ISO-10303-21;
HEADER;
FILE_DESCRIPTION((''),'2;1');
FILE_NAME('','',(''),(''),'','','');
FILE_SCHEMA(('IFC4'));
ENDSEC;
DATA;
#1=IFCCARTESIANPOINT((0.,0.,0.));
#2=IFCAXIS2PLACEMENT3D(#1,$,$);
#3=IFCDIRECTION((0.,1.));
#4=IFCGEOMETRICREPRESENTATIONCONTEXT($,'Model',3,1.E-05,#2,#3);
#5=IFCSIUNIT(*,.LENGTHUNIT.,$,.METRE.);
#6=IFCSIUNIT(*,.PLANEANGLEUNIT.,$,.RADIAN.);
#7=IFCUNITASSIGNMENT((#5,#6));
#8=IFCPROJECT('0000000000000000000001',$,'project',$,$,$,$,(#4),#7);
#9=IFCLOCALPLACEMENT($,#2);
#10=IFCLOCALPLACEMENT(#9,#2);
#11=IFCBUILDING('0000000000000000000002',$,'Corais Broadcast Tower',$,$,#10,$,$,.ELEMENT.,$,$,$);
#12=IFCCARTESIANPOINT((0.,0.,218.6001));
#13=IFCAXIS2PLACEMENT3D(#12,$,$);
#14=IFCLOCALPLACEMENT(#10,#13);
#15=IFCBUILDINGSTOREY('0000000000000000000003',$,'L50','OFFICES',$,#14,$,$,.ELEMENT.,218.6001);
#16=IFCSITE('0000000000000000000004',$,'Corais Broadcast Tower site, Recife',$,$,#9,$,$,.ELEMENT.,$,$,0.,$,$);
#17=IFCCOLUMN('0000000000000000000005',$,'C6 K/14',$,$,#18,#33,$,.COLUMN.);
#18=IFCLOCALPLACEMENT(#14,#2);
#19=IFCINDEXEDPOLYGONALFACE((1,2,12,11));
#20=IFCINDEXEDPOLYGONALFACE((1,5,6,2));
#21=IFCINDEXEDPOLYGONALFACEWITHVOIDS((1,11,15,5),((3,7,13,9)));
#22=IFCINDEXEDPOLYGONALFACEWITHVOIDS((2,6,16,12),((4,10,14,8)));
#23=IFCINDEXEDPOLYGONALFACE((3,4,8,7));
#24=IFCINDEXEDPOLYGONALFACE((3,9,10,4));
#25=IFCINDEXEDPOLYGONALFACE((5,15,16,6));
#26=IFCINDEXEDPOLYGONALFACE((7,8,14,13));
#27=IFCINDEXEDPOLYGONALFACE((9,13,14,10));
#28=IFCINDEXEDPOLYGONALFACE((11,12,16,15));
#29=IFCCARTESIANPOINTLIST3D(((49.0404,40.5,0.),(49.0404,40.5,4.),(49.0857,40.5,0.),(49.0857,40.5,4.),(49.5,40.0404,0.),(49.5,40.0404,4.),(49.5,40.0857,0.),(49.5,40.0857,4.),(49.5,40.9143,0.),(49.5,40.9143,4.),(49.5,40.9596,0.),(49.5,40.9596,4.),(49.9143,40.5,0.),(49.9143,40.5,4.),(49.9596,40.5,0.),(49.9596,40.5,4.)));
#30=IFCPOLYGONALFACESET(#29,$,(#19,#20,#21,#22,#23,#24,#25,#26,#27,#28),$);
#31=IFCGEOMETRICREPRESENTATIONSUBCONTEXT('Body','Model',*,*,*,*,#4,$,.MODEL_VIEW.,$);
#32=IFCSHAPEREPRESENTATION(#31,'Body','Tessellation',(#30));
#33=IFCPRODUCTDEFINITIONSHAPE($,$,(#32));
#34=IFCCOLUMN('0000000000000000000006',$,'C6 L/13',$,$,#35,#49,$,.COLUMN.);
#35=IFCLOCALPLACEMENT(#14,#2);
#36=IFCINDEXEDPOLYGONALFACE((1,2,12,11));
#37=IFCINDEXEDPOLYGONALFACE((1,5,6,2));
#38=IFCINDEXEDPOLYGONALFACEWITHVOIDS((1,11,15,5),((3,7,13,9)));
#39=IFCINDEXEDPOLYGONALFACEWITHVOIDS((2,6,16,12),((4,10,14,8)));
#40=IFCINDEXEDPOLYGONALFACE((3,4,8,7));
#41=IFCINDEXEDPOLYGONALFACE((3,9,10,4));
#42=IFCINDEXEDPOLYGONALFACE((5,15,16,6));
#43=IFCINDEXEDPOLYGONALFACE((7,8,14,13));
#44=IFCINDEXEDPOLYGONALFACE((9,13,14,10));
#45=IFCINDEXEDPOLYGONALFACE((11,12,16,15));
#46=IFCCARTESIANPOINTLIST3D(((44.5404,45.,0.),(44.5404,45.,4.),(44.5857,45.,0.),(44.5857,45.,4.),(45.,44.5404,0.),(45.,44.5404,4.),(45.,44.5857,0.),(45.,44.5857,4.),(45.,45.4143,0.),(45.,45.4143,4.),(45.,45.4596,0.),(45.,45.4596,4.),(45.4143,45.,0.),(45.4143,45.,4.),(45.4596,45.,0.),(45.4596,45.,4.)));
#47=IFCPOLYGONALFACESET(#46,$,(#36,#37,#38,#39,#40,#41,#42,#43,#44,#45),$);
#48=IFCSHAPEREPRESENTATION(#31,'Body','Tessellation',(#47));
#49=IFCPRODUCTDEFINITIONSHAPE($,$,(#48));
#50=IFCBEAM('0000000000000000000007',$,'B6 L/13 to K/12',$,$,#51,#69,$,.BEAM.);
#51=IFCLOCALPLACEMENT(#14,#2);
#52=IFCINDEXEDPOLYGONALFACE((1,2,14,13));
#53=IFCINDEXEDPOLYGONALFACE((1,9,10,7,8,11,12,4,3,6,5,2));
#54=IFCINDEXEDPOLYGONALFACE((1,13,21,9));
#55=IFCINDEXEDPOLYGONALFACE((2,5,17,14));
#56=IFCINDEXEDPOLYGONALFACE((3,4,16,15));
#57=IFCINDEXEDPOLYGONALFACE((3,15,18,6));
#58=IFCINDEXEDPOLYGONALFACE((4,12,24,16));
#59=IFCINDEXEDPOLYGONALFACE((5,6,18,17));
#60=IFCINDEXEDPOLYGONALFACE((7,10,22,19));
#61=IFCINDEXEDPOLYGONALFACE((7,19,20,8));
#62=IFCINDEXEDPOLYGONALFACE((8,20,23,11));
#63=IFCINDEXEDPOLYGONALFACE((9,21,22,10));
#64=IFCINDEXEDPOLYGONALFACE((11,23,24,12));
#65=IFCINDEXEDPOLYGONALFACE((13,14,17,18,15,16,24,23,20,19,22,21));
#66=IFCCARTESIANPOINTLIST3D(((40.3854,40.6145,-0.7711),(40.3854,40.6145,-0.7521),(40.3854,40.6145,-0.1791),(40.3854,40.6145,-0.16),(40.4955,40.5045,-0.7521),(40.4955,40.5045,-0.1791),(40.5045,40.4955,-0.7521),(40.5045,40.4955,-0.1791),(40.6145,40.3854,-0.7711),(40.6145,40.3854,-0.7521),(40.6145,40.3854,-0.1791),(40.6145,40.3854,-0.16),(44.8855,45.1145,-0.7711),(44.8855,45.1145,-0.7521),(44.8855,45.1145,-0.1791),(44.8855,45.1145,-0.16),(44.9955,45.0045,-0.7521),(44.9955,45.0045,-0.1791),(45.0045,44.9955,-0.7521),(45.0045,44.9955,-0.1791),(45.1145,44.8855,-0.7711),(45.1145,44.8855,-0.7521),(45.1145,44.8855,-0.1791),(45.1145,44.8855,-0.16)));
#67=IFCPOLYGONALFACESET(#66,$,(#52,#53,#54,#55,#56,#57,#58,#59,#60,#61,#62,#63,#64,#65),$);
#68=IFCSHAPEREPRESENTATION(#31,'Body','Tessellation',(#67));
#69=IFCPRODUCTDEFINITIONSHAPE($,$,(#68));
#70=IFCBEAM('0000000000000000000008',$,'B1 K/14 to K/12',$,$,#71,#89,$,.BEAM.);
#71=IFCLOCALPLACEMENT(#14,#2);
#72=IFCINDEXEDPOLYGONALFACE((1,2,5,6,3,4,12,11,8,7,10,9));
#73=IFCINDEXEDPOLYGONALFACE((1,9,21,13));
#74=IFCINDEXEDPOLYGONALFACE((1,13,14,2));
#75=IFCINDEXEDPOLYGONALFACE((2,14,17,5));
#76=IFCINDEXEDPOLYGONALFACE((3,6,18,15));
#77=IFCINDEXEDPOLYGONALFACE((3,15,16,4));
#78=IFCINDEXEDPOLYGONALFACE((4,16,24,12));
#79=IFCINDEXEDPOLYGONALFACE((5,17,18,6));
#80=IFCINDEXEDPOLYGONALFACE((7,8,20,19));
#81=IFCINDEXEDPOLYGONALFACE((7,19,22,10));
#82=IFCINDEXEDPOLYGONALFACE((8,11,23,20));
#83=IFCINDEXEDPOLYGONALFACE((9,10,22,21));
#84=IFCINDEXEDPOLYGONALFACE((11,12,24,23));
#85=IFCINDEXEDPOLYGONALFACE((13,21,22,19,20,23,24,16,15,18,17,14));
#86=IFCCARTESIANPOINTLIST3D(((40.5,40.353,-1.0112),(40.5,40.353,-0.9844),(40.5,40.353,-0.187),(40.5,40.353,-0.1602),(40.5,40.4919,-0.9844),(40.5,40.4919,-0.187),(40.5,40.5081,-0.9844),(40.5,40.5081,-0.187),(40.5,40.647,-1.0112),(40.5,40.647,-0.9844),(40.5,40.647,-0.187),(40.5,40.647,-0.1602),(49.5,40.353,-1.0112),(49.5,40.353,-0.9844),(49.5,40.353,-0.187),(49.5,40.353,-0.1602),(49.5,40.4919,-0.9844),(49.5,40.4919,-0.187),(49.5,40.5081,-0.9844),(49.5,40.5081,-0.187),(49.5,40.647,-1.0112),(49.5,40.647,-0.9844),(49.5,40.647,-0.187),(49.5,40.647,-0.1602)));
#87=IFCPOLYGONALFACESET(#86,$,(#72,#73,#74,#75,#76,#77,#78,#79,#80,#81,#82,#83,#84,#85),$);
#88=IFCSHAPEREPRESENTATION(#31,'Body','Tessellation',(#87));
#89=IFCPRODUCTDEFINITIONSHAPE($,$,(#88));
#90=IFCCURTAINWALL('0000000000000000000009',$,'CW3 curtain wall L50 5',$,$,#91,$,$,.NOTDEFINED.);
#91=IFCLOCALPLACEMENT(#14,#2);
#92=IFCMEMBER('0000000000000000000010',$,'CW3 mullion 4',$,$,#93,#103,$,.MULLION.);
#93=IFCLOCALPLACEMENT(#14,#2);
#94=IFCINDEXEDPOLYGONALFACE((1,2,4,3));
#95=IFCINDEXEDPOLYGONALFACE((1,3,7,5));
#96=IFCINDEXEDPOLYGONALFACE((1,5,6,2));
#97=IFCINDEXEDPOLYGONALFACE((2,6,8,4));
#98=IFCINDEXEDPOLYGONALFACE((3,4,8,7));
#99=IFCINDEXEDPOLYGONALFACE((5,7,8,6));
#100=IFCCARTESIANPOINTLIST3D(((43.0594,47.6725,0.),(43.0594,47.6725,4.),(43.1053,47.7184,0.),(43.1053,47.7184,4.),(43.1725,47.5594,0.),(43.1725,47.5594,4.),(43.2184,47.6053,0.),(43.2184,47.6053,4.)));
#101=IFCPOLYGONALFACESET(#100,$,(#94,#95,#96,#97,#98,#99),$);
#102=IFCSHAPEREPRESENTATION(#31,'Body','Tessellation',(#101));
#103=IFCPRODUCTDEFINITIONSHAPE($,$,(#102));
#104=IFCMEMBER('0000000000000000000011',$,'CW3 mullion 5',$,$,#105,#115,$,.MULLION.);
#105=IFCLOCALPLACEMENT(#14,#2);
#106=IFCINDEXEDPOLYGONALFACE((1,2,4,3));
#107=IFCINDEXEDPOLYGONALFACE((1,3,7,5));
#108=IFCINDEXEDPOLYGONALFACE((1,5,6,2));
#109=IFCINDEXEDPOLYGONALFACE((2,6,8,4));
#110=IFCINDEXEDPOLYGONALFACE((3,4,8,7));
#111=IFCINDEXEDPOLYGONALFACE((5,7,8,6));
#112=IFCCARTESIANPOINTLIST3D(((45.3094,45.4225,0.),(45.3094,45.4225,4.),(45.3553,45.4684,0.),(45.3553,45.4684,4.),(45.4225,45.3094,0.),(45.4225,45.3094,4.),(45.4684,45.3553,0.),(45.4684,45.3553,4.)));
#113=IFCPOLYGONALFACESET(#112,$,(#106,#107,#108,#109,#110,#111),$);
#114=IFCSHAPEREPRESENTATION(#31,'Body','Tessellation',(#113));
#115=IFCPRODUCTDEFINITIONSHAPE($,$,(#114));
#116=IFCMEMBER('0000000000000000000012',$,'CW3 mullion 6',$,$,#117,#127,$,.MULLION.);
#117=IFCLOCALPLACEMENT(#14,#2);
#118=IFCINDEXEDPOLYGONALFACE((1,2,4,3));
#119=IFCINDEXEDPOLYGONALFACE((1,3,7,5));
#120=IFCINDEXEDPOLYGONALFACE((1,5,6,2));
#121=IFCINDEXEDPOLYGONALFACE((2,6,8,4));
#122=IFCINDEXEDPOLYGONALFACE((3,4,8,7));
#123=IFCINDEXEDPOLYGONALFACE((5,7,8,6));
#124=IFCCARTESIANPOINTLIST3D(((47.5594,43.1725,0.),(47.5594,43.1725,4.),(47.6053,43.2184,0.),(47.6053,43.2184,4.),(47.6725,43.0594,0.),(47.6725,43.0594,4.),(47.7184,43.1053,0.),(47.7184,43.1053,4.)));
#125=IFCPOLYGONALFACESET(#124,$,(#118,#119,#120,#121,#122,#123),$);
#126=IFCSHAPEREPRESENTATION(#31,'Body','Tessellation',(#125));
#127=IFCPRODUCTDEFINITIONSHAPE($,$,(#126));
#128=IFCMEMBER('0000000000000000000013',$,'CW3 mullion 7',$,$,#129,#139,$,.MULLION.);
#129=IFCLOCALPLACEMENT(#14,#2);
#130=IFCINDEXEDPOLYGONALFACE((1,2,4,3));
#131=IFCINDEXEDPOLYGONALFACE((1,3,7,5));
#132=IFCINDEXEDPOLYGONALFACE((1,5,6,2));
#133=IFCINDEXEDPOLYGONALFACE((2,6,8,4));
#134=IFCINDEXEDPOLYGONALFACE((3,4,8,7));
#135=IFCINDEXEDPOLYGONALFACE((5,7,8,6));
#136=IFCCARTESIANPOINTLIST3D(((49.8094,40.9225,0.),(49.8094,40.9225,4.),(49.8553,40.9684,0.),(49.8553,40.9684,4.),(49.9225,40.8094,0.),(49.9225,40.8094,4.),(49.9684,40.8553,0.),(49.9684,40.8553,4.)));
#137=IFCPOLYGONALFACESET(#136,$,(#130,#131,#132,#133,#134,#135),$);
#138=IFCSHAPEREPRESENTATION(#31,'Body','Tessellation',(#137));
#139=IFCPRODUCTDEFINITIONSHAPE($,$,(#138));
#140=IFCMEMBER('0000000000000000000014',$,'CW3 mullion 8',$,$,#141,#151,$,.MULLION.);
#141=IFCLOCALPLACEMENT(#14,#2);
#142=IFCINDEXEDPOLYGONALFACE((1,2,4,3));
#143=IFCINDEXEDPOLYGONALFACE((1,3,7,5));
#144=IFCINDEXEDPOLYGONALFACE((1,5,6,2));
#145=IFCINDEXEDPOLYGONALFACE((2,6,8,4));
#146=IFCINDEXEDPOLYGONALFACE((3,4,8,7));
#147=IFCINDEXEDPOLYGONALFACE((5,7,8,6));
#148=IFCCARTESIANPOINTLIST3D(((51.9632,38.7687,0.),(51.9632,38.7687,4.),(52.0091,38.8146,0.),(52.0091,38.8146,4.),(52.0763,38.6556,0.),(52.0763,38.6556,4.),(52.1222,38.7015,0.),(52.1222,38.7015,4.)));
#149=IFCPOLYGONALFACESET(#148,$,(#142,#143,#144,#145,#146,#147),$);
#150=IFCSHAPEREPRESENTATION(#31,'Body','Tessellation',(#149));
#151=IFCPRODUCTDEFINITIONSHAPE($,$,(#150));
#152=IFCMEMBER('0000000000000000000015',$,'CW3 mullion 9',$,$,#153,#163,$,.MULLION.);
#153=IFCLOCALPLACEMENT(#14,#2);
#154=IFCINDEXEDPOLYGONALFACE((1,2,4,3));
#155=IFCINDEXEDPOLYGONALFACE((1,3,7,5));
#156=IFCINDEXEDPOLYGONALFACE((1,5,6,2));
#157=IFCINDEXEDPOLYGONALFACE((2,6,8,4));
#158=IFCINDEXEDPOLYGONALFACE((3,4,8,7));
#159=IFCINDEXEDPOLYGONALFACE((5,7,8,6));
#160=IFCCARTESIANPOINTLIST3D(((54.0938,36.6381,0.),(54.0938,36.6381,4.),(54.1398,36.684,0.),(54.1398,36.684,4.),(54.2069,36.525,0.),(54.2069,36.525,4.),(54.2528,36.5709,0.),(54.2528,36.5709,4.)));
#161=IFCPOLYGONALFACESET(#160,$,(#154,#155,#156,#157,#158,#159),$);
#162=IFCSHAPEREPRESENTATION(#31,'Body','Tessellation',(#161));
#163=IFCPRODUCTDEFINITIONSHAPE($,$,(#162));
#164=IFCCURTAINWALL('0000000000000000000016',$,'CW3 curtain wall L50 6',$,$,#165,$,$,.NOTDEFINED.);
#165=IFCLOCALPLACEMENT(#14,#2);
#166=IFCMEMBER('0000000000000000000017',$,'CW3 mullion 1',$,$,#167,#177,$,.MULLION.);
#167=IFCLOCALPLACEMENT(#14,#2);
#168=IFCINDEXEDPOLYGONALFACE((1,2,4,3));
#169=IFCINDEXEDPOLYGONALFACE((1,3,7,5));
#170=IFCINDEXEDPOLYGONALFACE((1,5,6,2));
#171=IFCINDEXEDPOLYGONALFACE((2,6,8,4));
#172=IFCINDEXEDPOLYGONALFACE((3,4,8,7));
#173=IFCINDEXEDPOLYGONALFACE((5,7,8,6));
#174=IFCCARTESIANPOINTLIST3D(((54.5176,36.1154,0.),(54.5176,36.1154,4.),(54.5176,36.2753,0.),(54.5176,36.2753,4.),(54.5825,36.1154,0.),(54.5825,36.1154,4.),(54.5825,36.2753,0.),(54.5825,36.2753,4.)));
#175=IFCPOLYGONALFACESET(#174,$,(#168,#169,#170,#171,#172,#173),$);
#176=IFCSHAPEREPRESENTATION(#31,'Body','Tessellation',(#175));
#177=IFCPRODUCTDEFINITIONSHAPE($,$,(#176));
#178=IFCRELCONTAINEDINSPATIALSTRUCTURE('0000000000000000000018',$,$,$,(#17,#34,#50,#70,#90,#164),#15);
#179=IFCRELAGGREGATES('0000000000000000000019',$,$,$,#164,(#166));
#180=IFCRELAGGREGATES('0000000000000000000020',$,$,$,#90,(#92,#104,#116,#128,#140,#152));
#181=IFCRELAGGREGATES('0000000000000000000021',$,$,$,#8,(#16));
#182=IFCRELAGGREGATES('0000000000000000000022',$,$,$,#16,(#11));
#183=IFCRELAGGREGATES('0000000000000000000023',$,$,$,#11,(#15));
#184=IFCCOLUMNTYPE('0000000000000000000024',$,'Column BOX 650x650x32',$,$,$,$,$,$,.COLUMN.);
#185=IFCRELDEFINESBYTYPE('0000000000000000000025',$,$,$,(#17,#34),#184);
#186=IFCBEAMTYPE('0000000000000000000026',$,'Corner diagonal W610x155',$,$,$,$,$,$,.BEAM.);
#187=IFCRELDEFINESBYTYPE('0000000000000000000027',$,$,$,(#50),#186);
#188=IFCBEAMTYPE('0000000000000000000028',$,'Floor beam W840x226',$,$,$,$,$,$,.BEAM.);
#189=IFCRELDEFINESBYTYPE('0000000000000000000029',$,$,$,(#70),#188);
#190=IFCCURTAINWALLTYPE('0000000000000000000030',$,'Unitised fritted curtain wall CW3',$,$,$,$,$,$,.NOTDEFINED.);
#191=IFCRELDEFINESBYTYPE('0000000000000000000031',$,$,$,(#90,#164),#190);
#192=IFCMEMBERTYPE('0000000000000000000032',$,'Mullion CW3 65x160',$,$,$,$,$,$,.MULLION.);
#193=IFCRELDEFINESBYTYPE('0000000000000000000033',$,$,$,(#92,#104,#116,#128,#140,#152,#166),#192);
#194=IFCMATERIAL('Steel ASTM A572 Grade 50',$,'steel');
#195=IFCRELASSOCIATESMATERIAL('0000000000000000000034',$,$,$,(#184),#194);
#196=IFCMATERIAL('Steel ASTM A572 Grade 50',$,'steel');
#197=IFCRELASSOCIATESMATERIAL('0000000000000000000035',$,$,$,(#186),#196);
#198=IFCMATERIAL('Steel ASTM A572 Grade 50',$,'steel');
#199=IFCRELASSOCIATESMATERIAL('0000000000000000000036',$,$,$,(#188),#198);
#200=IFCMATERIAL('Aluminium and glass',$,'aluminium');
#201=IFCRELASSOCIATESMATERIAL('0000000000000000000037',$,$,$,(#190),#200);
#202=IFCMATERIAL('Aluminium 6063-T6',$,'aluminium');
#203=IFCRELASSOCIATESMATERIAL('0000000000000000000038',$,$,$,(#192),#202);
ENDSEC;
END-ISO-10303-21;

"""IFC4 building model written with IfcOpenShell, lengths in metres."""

from ifc_helpers import new_model, si_unit, direction, frame, origin, origin_2d, place, context, subcontext, project, spatial, rectangle, hollow_rectangle, i_section, extrude, material, material_profile, profile_set, type_object, element, aggregate, save


model = new_model("IFC4")

# Units and contexts
model_context = context("Model", 3, precision=1e-05, world=origin(), true_north=direction((0.0, 1.0)))
body_context = subcontext(model_context, "Body", "Model", "MODEL_VIEW")
ifc_project = project(units=[si_unit("LENGTHUNIT", "METRE"), si_unit("PLANEANGLEUNIT", "RADIAN")], contexts=[model_context])

# Site, building, storey
site_placement = place(None, origin())
site = spatial("IfcSite", under=ifc_project, at=site_placement, Name="Corais Broadcast Tower site, Recife", CompositionType="ELEMENT", RefElevation=0.0)
building_placement = place(site_placement, origin())
building = spatial("IfcBuilding", under=site, at=building_placement, Name="Corais Broadcast Tower", CompositionType="ELEMENT")
storey_placement = place(building_placement, frame((0.0, 0.0, 218.6001)))
storey = spatial("IfcBuildingStorey", under=building, at=storey_placement, Name="L50", Description="OFFICES", CompositionType="ELEMENT", Elevation=218.6001)

# Columns
ifc_material_1 = material(Name="Steel ASTM A572 Grade 50", Category="steel")
ifc_material_profile_1 = material_profile(ifc_material_1, hollow_rectangle(XDim=0.6499, YDim=0.6499, WallThickness=0.032, at=origin_2d()), Name="BOX 650x650x32")
ifc_profile_set_1 = profile_set([ifc_material_profile_1], Name="Steel ASTM A572 Grade 50")
column_type = type_object("IfcColumnType", Name="Column BOX 650x650x32", PredefinedType="COLUMN", material=ifc_profile_set_1)
for number, where, z_axis, x_axis, name in (
    (1, (49.5, 40.5, 0.0), (0.0, 0.0, 1.0), (0.707107, 0.707107, 0.0), "C6 K/14"),
    (2, (45.0, 45.0, 0.0), (0.0, 0.0, 1.0), (0.707107, 0.707107, 0.0), "C6 L/13"),
):
    element("IfcColumn", number, at=place(storey_placement, frame(where, z_axis=z_axis, x_axis=x_axis)), inside=storey, type_object=column_type, Name=name, PredefinedType="COLUMN", context=body_context, shape_type="SweptSolid", body=[
        extrude(hollow_rectangle(XDim=0.6499, YDim=0.6499, WallThickness=0.032, at=origin_2d()), origin(), (0.0, 0.0, 1.0), 4.0),
    ])

# Beams
ifc_material_2 = material(Name="Steel ASTM A572 Grade 50", Category="steel")
ifc_material_profile_2 = material_profile(ifc_material_2, i_section(OverallWidth=0.324, OverallDepth=0.6111, WebThickness=0.0127, FlangeThickness=0.019, at=origin_2d()), Name="W610x155")
ifc_profile_set_2 = profile_set([ifc_material_profile_2], Name="Steel ASTM A572 Grade 50")
beam_type_1 = type_object("IfcBeamType", Name="Corner diagonal W610x155", PredefinedType="BEAM", material=ifc_profile_set_2)
beam_1_placement = place(storey_placement, frame((45.0, 45.0, -0.4656), z_axis=(-0.707107, -0.707107, 0.0), x_axis=(0.707107, -0.707107, 0.0)))
element("IfcBeam", 3, at=beam_1_placement, inside=storey, type_object=beam_type_1, Name="B6 L/13 to K/12", PredefinedType="BEAM", context=body_context, shape_type="SweptSolid", body=[
    extrude(i_section(OverallWidth=0.324, OverallDepth=0.6111, WebThickness=0.0127, FlangeThickness=0.019, at=origin_2d()), origin(), (0.0, 0.0, 1.0), 6.364),
])
ifc_material_3 = material(Name="Steel ASTM A572 Grade 50", Category="steel")
ifc_material_profile_3 = material_profile(ifc_material_3, i_section(OverallWidth=0.2939, OverallDepth=0.8511, WebThickness=0.0161, FlangeThickness=0.0269, at=origin_2d()), Name="W840x226")
ifc_profile_set_3 = profile_set([ifc_material_profile_3], Name="Steel ASTM A572 Grade 50")
beam_type_2 = type_object("IfcBeamType", Name="Floor beam W840x226", PredefinedType="BEAM", material=ifc_profile_set_3)
beam_2_placement = place(storey_placement, frame((49.5, 40.5, -0.5857), z_axis=(-1.0, 0.0, 0.0), x_axis=(0.0, -1.0, 0.0)))
element("IfcBeam", 4, at=beam_2_placement, inside=storey, type_object=beam_type_2, Name="B1 K/14 to K/12", PredefinedType="BEAM", context=body_context, shape_type="SweptSolid", body=[
    extrude(i_section(OverallWidth=0.2939, OverallDepth=0.8511, WebThickness=0.0161, FlangeThickness=0.0269, at=origin_2d()), origin(), (0.0, 0.0, 1.0), 9.0),
])

# Curtain wall, members
ifc_material_4 = material(Name="Aluminium and glass", Category="aluminium")
curtain_wall_type = type_object("IfcCurtainWallType", Name="Unitised fritted curtain wall CW3", PredefinedType="NOTDEFINED", material=ifc_material_4)
curtain_wall_1_placement = place(storey_placement, origin())
curtain_wall_1 = element("IfcCurtainWall", 5, at=curtain_wall_1_placement, inside=storey, type_object=curtain_wall_type, Name="CW3 curtain wall L50 5", PredefinedType="NOTDEFINED")
ifc_material_5 = material(Name="Aluminium 6063-T6", Category="aluminium")
ifc_material_profile_4 = material_profile(ifc_material_5, rectangle(XDim=0.0649, YDim=0.1599, at=origin_2d()), Name="Mullion CW3 65x160")
ifc_profile_set_4 = profile_set([ifc_material_profile_4], Name="Aluminium 6063-T6")
member_type_1 = type_object("IfcMemberType", Name="Mullion CW3 65x160", PredefinedType="MULLION", material=ifc_profile_set_4)
member_1_placement = place(storey_placement, frame((43.1389, 47.6389, 0.0), z_axis=(0.0, 0.0, 1.0), x_axis=(0.707107, 0.707107, 0.0)))
member_1 = element("IfcMember", 6, at=member_1_placement, type_object=member_type_1, Name="CW3 mullion 4", PredefinedType="MULLION", context=body_context, shape_type="SweptSolid", body=[
    extrude(rectangle(XDim=0.0649, YDim=0.1599, at=origin_2d()), origin(), (0.0, 0.0, 1.0), 4.0),
])
member_2_placement = place(storey_placement, frame((45.3889, 45.3889, 0.0), z_axis=(0.0, 0.0, 1.0), x_axis=(0.707107, 0.707107, 0.0)))
member_2 = element("IfcMember", 7, at=member_2_placement, type_object=member_type_1, Name="CW3 mullion 5", PredefinedType="MULLION", context=body_context, shape_type="SweptSolid", body=[
    extrude(rectangle(XDim=0.0649, YDim=0.1599, at=origin_2d()), origin(), (0.0, 0.0, 1.0), 4.0),
])
member_3_placement = place(storey_placement, frame((47.6389, 43.1389, 0.0), z_axis=(0.0, 0.0, 1.0), x_axis=(0.707107, 0.707107, 0.0)))
member_3 = element("IfcMember", 8, at=member_3_placement, type_object=member_type_1, Name="CW3 mullion 6", PredefinedType="MULLION", context=body_context, shape_type="SweptSolid", body=[
    extrude(rectangle(XDim=0.0649, YDim=0.1599, at=origin_2d()), origin(), (0.0, 0.0, 1.0), 4.0),
])
member_4_placement = place(storey_placement, frame((49.8889, 40.8889, 0.0), z_axis=(0.0, 0.0, 1.0), x_axis=(0.707107, 0.707107, 0.0)))
member_4 = element("IfcMember", 9, at=member_4_placement, type_object=member_type_1, Name="CW3 mullion 7", PredefinedType="MULLION", context=body_context, shape_type="SweptSolid", body=[
    extrude(rectangle(XDim=0.0649, YDim=0.1599, at=origin_2d()), origin(), (0.0, 0.0, 1.0), 4.0),
])
member_5_placement = place(storey_placement, frame((52.0427, 38.7351, 0.0), z_axis=(0.0, 0.0, 1.0), x_axis=(0.707107, 0.707107, 0.0)))
member_5 = element("IfcMember", 10, at=member_5_placement, type_object=member_type_1, Name="CW3 mullion 8", PredefinedType="MULLION", context=body_context, shape_type="SweptSolid", body=[
    extrude(rectangle(XDim=0.0649, YDim=0.1599, at=origin_2d()), origin(), (0.0, 0.0, 1.0), 4.0),
])
member_6_placement = place(storey_placement, frame((54.1733, 36.6045, 0.0), z_axis=(0.0, 0.0, 1.0), x_axis=(0.707107, 0.707107, 0.0)))
member_6 = element("IfcMember", 11, at=member_6_placement, type_object=member_type_1, Name="CW3 mullion 9", PredefinedType="MULLION", context=body_context, shape_type="SweptSolid", body=[
    extrude(rectangle(XDim=0.0649, YDim=0.1599, at=origin_2d()), origin(), (0.0, 0.0, 1.0), 4.0),
])

# Curtain wall, member
curtain_wall_2_placement = place(storey_placement, origin())
curtain_wall_2 = element("IfcCurtainWall", 12, at=curtain_wall_2_placement, inside=storey, type_object=curtain_wall_type, Name="CW3 curtain wall L50 6", PredefinedType="NOTDEFINED")
member_7_placement = place(storey_placement, frame((54.55, 36.1953, 0.0), z_axis=(0.0, 0.0, 1.0), x_axis=(1.0, 0.0, 0.0)))
member_7 = element("IfcMember", 13, at=member_7_placement, type_object=member_type_1, Name="CW3 mullion 1", PredefinedType="MULLION", context=body_context, shape_type="SweptSolid", body=[
    extrude(rectangle(XDim=0.0649, YDim=0.1599, at=origin_2d()), origin(), (0.0, 0.0, 1.0), 4.0),
])
aggregate(curtain_wall_2, [member_7])

aggregate(curtain_wall_1, [member_1, member_2, member_3, member_4, member_5, member_6])

save(model, "model.ifc")
